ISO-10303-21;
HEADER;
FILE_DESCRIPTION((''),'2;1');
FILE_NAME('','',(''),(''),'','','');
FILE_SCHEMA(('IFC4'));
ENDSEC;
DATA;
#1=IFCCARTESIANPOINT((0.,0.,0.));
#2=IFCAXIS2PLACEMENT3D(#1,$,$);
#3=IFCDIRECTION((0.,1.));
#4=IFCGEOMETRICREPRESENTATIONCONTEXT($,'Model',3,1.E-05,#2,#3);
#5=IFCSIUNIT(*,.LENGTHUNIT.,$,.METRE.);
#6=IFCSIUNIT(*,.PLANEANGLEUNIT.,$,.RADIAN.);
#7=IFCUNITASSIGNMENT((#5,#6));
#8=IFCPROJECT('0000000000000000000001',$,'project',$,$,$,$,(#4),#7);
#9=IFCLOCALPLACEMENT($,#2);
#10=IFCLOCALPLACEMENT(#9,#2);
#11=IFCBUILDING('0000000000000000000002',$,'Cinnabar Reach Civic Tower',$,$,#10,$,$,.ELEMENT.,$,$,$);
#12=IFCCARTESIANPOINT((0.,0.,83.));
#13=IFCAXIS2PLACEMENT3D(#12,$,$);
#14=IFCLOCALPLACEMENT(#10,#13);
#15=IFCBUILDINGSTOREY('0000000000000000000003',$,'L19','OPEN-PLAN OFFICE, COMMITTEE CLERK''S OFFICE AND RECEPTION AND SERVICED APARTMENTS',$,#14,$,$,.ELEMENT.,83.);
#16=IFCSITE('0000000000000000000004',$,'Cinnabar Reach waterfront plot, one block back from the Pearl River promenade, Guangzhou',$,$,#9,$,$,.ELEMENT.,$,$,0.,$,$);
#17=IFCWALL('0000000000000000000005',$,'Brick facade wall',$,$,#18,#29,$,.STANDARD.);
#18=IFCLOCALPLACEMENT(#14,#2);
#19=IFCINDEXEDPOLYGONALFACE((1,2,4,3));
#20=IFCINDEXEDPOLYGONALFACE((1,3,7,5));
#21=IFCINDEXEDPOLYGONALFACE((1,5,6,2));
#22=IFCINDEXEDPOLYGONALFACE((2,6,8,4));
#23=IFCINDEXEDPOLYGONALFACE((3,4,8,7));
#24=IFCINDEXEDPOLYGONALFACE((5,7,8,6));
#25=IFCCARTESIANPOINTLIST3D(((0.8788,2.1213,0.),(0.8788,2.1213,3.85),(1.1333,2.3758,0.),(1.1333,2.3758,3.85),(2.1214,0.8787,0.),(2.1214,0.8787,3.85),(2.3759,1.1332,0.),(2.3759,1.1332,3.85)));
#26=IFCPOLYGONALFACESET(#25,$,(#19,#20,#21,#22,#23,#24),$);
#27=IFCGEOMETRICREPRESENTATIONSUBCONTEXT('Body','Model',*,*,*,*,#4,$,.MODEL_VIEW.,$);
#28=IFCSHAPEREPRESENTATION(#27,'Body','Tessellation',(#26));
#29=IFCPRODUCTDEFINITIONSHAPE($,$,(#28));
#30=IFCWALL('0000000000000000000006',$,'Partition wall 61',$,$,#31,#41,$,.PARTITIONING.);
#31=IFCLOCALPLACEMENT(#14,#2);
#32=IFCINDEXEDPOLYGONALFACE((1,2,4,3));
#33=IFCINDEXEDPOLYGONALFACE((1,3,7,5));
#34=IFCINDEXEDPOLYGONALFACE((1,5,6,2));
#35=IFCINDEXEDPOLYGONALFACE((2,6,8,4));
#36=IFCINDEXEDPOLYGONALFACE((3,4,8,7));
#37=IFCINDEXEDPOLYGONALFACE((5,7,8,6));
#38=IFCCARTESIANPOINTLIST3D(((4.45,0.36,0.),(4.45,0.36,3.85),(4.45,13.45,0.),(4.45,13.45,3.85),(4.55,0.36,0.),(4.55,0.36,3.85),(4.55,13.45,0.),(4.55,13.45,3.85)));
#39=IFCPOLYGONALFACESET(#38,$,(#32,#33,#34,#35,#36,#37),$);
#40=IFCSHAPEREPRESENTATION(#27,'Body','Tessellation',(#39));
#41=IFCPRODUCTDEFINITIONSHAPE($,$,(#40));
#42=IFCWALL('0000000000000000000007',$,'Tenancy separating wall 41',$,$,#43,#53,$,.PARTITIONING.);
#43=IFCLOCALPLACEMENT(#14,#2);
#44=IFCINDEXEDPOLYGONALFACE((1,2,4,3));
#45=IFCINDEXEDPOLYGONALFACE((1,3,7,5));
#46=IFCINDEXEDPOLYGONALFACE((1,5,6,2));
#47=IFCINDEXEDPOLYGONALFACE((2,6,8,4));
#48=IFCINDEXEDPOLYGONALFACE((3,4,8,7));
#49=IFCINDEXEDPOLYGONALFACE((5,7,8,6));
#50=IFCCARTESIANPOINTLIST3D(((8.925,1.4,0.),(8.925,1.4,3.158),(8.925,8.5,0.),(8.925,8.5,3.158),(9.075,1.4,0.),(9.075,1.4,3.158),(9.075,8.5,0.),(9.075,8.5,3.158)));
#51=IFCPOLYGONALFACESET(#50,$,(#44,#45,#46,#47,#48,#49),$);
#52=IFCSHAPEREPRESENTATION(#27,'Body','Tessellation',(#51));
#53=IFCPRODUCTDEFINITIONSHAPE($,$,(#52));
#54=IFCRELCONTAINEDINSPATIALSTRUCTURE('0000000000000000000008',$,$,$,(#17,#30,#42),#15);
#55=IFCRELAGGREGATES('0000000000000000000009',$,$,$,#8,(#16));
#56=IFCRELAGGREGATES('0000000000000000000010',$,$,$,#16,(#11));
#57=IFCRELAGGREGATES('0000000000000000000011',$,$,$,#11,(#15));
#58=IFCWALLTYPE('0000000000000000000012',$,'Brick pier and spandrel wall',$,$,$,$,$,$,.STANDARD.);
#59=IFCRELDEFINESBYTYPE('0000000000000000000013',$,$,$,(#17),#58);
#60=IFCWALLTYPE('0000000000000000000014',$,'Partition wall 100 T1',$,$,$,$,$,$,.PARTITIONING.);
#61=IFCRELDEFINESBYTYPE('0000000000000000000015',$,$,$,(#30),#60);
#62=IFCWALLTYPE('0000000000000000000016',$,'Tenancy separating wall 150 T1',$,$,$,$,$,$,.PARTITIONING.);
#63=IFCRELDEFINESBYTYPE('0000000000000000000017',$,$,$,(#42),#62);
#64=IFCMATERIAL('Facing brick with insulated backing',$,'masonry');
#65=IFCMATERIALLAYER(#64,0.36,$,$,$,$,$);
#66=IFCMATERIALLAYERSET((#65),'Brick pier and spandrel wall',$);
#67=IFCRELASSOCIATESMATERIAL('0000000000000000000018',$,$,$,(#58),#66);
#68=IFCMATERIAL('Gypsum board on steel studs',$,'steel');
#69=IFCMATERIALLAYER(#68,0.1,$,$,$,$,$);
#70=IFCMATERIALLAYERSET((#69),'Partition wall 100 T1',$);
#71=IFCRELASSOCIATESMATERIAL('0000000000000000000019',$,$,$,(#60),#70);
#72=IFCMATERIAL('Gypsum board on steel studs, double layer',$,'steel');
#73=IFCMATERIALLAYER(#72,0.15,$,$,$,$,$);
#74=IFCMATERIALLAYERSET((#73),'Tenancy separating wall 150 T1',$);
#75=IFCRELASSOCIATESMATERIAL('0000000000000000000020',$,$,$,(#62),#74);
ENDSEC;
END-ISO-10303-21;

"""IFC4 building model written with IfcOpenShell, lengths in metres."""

from ifc_helpers import new_model, si_unit, direction, frame, frame_2d, origin, place, context, subcontext, project, spatial, rectangle, extrude, material, layer, layer_set, type_object, element, save


model = new_model("IFC4")

# Units and contexts
model_context = context("Model", 3, precision=1e-05, world=origin(), true_north=direction((0.0, 1.0)))
body_context = subcontext(model_context, "Body", "Model", "MODEL_VIEW")
ifc_project = project(units=[si_unit("LENGTHUNIT", "METRE"), si_unit("PLANEANGLEUNIT", "RADIAN")], contexts=[model_context])

# Site, building, storey
site_placement = place(None, origin())
site = spatial("IfcSite", under=ifc_project, at=site_placement, Name="Cinnabar Reach waterfront plot, one block back from the Pearl River promenade, Guangzhou", CompositionType="ELEMENT", RefElevation=0.0)
building_placement = place(site_placement, origin())
building = spatial("IfcBuilding", under=site, at=building_placement, Name="Cinnabar Reach Civic Tower", CompositionType="ELEMENT")
storey_placement = place(building_placement, frame((0.0, 0.0, 83.0)))
storey = spatial("IfcBuildingStorey", under=building, at=storey_placement, Name="L19", Description="OPEN-PLAN OFFICE, COMMITTEE CLERK'S OFFICE AND RECEPTION AND SERVICED APARTMENTS", CompositionType="ELEMENT", Elevation=83.0)

# Shared definitions
ifc_material_1 = material(Name="Facing brick with insulated backing", Category="masonry")

# Shared definitions
ifc_layer_1 = layer(ifc_material_1, 0.36)
ifc_layer_set_1 = layer_set([ifc_layer_1], Name="Brick pier and spandrel wall")
wall_type_1 = type_object("IfcWallType", Name="Brick pier and spandrel wall", PredefinedType="STANDARD", material=ifc_layer_set_1)

# Walls
wall_1_placement = place(storey_placement, frame((1.006, 2.2486, 0.0), z_axis=(0.0, 0.0, 1.0), x_axis=(0.707107, -0.707107, 0.0)))
element("IfcWall", 1, at=wall_1_placement, inside=storey, type_object=wall_type_1, Name="Brick facade wall", PredefinedType="STANDARD", context=body_context, shape_type="SweptSolid", body=[
    extrude(rectangle(XDim=1.7573, YDim=0.36, at=frame_2d((0.8787, 0.0))), origin(), (0.0, 0.0, 1.0), 3.85),
])
ifc_material_2 = material(Name="Gypsum board on steel studs", Category="steel")
ifc_layer_2 = layer(ifc_material_2, 0.1)
ifc_layer_set_2 = layer_set([ifc_layer_2], Name="Partition wall 100 T1")
wall_type_2 = type_object("IfcWallType", Name="Partition wall 100 T1", PredefinedType="PARTITIONING", material=ifc_layer_set_2)
wall_2_placement = place(storey_placement, frame((4.5, 0.36, 0.0), z_axis=(0.0, 0.0, 1.0), x_axis=(0.0, 1.0, 0.0)))
element("IfcWall", 2, at=wall_2_placement, inside=storey, type_object=wall_type_2, Name="Partition wall 61", PredefinedType="PARTITIONING", context=body_context, shape_type="SweptSolid", body=[
    extrude(rectangle(XDim=13.09, YDim=0.1, at=frame_2d((6.545, 0.0))), origin(), (0.0, 0.0, 1.0), 3.85),
])
ifc_material_3 = material(Name="Gypsum board on steel studs, double layer", Category="steel")
ifc_layer_3 = layer(ifc_material_3, 0.15)
ifc_layer_set_3 = layer_set([ifc_layer_3], Name="Tenancy separating wall 150 T1")
wall_type_3 = type_object("IfcWallType", Name="Tenancy separating wall 150 T1", PredefinedType="PARTITIONING", material=ifc_layer_set_3)
wall_3_placement = place(storey_placement, frame((9.0, 1.4, 0.0), z_axis=(0.0, 0.0, 1.0), x_axis=(0.0, 1.0, 0.0)))
element("IfcWall", 3, at=wall_3_placement, inside=storey, type_object=wall_type_3, Name="Tenancy separating wall 41", PredefinedType="PARTITIONING", context=body_context, shape_type="SweptSolid", body=[
    extrude(rectangle(XDim=7.1, YDim=0.15, at=frame_2d((3.55, 0.0))), origin(), (0.0, 0.0, 1.0), 3.158),
])

save(model, "model.ifc")
